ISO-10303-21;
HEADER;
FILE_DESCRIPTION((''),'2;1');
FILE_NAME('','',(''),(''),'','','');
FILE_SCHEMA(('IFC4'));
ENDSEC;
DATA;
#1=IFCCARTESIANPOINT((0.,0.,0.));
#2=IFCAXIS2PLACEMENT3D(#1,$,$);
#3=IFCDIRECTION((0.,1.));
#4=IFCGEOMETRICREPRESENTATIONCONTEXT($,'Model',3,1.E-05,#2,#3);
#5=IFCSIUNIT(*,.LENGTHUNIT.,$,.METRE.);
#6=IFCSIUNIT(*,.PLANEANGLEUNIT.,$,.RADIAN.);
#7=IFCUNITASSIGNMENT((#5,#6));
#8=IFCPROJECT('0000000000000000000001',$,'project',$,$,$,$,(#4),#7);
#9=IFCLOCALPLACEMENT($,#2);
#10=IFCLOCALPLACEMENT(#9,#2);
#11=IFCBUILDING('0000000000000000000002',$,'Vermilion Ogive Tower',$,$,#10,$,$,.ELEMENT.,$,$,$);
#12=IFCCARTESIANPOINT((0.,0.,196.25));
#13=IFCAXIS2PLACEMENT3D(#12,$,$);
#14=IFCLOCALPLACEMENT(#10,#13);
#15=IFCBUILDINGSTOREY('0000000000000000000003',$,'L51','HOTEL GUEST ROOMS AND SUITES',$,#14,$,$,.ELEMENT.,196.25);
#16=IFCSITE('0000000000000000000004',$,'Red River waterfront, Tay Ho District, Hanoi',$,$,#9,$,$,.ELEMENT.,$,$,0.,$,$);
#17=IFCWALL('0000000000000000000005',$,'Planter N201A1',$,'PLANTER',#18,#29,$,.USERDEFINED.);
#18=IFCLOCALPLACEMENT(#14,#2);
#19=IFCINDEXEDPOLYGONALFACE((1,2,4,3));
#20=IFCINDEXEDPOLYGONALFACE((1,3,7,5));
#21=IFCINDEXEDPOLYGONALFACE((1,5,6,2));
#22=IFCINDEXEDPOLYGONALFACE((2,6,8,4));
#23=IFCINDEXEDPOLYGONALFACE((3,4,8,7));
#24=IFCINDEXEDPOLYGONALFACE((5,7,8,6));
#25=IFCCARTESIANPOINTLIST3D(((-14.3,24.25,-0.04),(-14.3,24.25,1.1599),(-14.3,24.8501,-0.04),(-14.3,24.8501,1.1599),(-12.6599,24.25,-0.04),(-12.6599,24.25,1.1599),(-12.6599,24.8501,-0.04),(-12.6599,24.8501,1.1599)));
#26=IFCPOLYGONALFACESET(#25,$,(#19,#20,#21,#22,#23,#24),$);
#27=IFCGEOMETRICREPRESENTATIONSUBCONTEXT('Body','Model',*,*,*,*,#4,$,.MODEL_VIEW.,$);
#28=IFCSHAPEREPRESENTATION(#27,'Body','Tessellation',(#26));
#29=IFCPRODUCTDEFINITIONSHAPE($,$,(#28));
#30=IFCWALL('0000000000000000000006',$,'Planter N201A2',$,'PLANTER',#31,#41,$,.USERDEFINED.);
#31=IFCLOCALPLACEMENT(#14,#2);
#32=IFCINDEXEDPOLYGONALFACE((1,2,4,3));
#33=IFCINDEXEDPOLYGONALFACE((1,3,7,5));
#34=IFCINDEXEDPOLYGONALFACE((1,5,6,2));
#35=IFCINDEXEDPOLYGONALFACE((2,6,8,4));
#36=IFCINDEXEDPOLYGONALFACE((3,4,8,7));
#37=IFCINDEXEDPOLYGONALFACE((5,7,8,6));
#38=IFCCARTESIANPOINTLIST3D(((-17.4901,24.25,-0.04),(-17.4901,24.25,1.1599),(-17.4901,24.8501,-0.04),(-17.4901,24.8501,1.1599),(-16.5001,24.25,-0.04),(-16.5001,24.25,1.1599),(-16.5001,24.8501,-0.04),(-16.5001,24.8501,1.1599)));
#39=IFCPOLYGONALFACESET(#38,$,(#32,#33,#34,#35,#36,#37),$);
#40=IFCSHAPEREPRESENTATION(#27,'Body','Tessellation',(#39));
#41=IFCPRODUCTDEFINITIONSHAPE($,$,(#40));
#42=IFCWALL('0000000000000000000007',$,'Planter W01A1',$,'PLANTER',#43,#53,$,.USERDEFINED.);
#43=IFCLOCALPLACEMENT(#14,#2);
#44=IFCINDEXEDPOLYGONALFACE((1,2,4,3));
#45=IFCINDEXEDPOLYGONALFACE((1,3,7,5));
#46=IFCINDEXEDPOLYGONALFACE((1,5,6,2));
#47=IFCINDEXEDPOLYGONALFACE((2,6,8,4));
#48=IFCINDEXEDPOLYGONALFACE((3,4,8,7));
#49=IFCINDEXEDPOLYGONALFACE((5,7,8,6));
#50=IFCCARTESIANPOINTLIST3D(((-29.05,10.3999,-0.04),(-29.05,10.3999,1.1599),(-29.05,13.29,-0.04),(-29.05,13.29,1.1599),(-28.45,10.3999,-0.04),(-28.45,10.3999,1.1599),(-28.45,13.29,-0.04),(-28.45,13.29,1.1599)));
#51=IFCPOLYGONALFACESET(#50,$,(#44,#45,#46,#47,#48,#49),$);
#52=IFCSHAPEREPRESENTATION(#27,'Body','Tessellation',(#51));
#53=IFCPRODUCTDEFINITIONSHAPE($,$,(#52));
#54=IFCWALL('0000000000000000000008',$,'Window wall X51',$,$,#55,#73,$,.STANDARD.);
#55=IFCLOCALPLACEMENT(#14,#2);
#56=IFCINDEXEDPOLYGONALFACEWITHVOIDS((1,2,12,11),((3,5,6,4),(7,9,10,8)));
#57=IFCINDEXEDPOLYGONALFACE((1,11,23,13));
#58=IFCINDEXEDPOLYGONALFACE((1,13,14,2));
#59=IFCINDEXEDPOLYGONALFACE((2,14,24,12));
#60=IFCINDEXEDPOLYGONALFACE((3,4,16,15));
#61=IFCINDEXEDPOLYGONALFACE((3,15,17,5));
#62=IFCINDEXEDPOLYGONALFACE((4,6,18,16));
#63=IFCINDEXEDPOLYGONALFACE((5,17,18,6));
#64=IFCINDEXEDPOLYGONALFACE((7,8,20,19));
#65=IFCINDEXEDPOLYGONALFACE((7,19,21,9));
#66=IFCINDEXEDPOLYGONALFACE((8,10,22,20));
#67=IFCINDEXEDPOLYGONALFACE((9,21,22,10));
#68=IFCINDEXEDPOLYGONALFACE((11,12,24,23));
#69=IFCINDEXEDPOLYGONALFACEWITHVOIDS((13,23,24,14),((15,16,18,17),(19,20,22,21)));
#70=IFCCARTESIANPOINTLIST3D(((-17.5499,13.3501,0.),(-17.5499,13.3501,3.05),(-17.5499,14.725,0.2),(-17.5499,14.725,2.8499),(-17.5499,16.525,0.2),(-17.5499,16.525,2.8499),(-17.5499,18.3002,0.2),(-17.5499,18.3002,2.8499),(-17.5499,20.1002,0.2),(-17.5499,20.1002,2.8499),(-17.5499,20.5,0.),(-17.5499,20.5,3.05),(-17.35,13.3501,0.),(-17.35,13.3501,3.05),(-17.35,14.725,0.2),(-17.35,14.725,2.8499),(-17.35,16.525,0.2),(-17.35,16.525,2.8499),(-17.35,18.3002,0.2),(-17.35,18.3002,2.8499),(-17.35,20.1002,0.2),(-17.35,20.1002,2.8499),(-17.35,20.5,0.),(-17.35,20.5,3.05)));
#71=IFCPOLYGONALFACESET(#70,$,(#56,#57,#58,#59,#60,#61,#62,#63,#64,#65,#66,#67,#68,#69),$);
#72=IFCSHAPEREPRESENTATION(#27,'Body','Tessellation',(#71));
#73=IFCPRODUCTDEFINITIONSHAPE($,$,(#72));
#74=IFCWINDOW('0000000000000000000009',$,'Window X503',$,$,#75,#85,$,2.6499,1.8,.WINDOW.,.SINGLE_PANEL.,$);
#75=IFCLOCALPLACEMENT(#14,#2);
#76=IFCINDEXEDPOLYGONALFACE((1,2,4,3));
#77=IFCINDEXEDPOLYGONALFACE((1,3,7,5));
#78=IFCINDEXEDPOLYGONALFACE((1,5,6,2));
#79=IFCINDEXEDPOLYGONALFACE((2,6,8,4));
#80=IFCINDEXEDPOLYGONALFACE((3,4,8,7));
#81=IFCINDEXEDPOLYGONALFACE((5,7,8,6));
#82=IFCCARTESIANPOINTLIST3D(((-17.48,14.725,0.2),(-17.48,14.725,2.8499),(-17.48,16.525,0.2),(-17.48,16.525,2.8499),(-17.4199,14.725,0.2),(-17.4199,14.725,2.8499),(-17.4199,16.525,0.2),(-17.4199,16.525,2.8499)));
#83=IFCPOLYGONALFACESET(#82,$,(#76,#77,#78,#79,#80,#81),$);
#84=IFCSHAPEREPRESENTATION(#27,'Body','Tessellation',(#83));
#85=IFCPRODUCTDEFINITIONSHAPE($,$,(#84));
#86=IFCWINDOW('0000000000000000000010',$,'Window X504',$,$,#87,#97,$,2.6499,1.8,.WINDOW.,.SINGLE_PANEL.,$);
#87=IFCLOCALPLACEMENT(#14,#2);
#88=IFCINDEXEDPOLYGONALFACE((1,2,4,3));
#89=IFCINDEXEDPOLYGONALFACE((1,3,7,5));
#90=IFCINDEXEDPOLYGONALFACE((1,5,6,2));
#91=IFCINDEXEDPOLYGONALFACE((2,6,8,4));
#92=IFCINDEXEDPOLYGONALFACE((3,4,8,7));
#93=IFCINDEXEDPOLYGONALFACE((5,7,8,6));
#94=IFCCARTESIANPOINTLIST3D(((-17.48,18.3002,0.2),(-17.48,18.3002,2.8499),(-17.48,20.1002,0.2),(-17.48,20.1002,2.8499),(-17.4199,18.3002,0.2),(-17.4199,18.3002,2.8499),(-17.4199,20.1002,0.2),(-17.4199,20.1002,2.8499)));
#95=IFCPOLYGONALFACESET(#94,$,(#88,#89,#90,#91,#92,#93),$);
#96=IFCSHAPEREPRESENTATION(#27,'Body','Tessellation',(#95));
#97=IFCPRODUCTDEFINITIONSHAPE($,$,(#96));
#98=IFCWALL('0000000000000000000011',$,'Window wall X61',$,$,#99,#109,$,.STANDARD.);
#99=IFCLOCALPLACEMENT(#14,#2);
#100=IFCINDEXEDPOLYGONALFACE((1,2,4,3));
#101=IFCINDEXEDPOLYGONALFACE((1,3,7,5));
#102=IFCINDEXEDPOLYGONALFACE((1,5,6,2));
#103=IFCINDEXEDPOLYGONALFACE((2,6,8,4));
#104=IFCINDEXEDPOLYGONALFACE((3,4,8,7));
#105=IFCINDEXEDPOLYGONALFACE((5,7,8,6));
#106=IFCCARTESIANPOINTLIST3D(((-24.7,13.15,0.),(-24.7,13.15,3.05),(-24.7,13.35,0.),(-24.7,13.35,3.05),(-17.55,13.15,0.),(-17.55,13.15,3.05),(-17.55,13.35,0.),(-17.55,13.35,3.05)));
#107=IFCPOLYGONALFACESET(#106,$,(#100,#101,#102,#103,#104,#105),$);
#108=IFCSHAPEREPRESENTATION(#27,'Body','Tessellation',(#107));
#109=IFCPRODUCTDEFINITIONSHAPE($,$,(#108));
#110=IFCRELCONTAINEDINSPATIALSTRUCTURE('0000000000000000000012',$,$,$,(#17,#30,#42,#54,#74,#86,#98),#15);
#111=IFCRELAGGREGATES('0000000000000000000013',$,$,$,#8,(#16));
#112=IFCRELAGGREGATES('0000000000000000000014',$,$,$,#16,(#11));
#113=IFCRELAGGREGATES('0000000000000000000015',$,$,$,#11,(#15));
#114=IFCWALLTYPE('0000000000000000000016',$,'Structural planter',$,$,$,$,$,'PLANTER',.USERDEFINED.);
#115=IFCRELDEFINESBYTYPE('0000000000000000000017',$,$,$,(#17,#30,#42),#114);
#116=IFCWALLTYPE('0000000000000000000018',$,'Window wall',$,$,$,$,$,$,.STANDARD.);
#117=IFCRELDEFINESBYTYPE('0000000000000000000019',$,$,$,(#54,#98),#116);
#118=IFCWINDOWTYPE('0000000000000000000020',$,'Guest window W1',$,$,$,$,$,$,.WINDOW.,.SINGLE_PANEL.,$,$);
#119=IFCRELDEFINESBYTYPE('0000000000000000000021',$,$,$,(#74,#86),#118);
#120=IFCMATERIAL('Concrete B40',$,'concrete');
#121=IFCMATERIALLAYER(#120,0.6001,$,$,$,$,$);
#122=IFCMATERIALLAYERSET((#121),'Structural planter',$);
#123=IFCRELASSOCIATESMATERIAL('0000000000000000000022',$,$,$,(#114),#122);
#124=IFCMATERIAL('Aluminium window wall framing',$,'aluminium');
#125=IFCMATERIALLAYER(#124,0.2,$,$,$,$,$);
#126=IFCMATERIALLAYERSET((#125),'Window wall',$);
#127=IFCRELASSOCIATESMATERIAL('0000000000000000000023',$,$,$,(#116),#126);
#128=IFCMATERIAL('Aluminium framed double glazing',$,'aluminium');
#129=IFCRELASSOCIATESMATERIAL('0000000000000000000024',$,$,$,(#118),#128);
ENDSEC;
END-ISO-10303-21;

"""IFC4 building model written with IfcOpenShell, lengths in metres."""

from ifc_helpers import new_model, si_unit, direction, frame, frame_2d, origin, place, context, subcontext, project, spatial, rectangle, extrude, material, layer, layer_set, type_object, element, fill, save


model = new_model("IFC4")

# Units and contexts
model_context = context("Model", 3, precision=1e-05, world=origin(), true_north=direction((0.0, 1.0)))
body_context = subcontext(model_context, "Body", "Model", "MODEL_VIEW")
ifc_project = project(units=[si_unit("LENGTHUNIT", "METRE"), si_unit("PLANEANGLEUNIT", "RADIAN")], contexts=[model_context])

# Site, building, storey
site_placement = place(None, origin())
site = spatial("IfcSite", under=ifc_project, at=site_placement, Name="Red River waterfront, Tay Ho District, Hanoi", CompositionType="ELEMENT", RefElevation=0.0)
building_placement = place(site_placement, origin())
building = spatial("IfcBuilding", under=site, at=building_placement, Name="Vermilion Ogive Tower", CompositionType="ELEMENT")
storey_placement = place(building_placement, frame((0.0, 0.0, 196.25)))
storey = spatial("IfcBuildingStorey", under=building, at=storey_placement, Name="L51", Description="HOTEL GUEST ROOMS AND SUITES", CompositionType="ELEMENT", Elevation=196.25)

# Walls
ifc_material_1 = material(Name="Concrete B40", Category="concrete")
ifc_layer_1 = layer(ifc_material_1, 0.6001)
ifc_layer_set_1 = layer_set([ifc_layer_1], Name="Structural planter")
wall_type_1 = type_object("IfcWallType", Name="Structural planter", ElementType="PLANTER", PredefinedType="USERDEFINED", material=ifc_layer_set_1)
wall_1_placement = place(storey_placement, frame((-12.6599, 24.55, -0.04), z_axis=(0.0, 0.0, 1.0), x_axis=(-1.0, 0.0, 0.0)))
element("IfcWall", 1, at=wall_1_placement, inside=storey, type_object=wall_type_1, Name="Planter N201A1", ObjectType="PLANTER", PredefinedType="USERDEFINED", context=body_context, shape_type="SweptSolid", body=[
    extrude(rectangle(XDim=1.6401, YDim=0.6001, at=frame_2d((0.8201, 0.0))), origin(), (0.0, 0.0, 1.0), 1.2),
])
wall_2_placement = place(storey_placement, frame((-16.5, 24.55, -0.04), z_axis=(0.0, 0.0, 1.0), x_axis=(-1.0, 0.0, 0.0)))
element("IfcWall", 2, at=wall_2_placement, inside=storey, type_object=wall_type_1, Name="Planter N201A2", ObjectType="PLANTER", PredefinedType="USERDEFINED", context=body_context, shape_type="SweptSolid", body=[
    extrude(rectangle(XDim=0.99, YDim=0.6001, at=frame_2d((0.4951, 0.0))), origin(), (0.0, 0.0, 1.0), 1.2),
])
wall_3_placement = place(storey_placement, frame((-28.75, 13.29, -0.04), z_axis=(0.0, 0.0, 1.0), x_axis=(0.0, -1.0, 0.0)))
element("IfcWall", 3, at=wall_3_placement, inside=storey, type_object=wall_type_1, Name="Planter W01A1", ObjectType="PLANTER", PredefinedType="USERDEFINED", context=body_context, shape_type="SweptSolid", body=[
    extrude(rectangle(XDim=2.8901, YDim=0.6001, at=frame_2d((1.4451, 0.0))), origin(), (0.0, 0.0, 1.0), 1.2),
])

# Shared definitions
ifc_material_2 = material(Name="Aluminium window wall framing", Category="aluminium")
ifc_layer_2 = layer(ifc_material_2, 0.2)
ifc_layer_set_2 = layer_set([ifc_layer_2], Name="Window wall")
wall_type_2 = type_object("IfcWallType", Name="Window wall", PredefinedType="STANDARD", material=ifc_layer_set_2)
ifc_material_3 = material(Name="Aluminium framed double glazing", Category="aluminium")
window_type = type_object("IfcWindowType", Name="Guest window W1", PartitioningType="SINGLE_PANEL", PredefinedType="WINDOW", material=ifc_material_3)

# Wall, openings, windows
wall_4_placement = place(storey_placement, frame((-17.45, 20.5, 0.0), z_axis=(0.0, 0.0, 1.0), x_axis=(0.0, -1.0, 0.0)))
wall_4 = element("IfcWall", 4, at=wall_4_placement, inside=storey, type_object=wall_type_2, Name="Window wall X51", PredefinedType="STANDARD", context=body_context, shape_type="SweptSolid", body=[
    extrude(rectangle(XDim=7.1499, YDim=0.2, at=frame_2d((3.575, 0.0))), origin(), (0.0, 0.0, 1.0), 3.05),
])
opening_1_placement = place(wall_4_placement, frame((3.9751, 0.0, 0.2)))
opening_1 = element("IfcOpeningElement", 5, at=opening_1_placement, cuts=wall_4, PredefinedType="OPENING", context=body_context, shape_type="SweptSolid", body=[
    extrude(rectangle(XDim=1.8, YDim=2.6499, at=frame_2d((0.8999, 1.325))), frame((0.0, 0.1099, 0.0), z_axis=(0.0, -1.0, 0.0), x_axis=(1.0, 0.0, 0.0)), (0.0, 0.0, 1.0), 0.22),
])
opening_2_placement = place(wall_4_placement, frame((0.3999, 0.0, 0.2)))
opening_2 = element("IfcOpeningElement", 6, at=opening_2_placement, cuts=wall_4, PredefinedType="OPENING", context=body_context, shape_type="SweptSolid", body=[
    extrude(rectangle(XDim=1.8, YDim=2.6499, at=frame_2d((0.8999, 1.325))), frame((0.0, 0.1099, 0.0), z_axis=(0.0, -1.0, 0.0), x_axis=(1.0, 0.0, 0.0)), (0.0, 0.0, 1.0), 0.22),
])
window_1_placement = place(opening_1_placement, origin())
window_1 = element("IfcWindow", 7, at=window_1_placement, inside=storey, type_object=window_type, Name="Window X503", OverallHeight=2.6499, OverallWidth=1.8, PartitioningType="SINGLE_PANEL", PredefinedType="WINDOW", context=body_context, shape_type="SweptSolid", body=[
    extrude(rectangle(XDim=1.8, YDim=2.6499, at=frame_2d((0.8999, 1.325))), frame((0.0, 0.03, 0.0), z_axis=(0.0, -1.0, 0.0), x_axis=(1.0, 0.0, 0.0)), (0.0, 0.0, 1.0), 0.0601),
])
fill(opening_1, window_1)
window_2_placement = place(opening_2_placement, origin())
window_2 = element("IfcWindow", 8, at=window_2_placement, inside=storey, type_object=window_type, Name="Window X504", OverallHeight=2.6499, OverallWidth=1.8, PartitioningType="SINGLE_PANEL", PredefinedType="WINDOW", context=body_context, shape_type="SweptSolid", body=[
    extrude(rectangle(XDim=1.8, YDim=2.6499, at=frame_2d((0.8999, 1.325))), frame((0.0, 0.03, 0.0), z_axis=(0.0, -1.0, 0.0), x_axis=(1.0, 0.0, 0.0)), (0.0, 0.0, 1.0), 0.0601),
])
fill(opening_2, window_2)

# Wall
wall_5_placement = place(storey_placement, frame((-17.55, 13.25, 0.0), z_axis=(0.0, 0.0, 1.0), x_axis=(-1.0, 0.0, 0.0)))
element("IfcWall", 9, at=wall_5_placement, inside=storey, type_object=wall_type_2, Name="Window wall X61", PredefinedType="STANDARD", context=body_context, shape_type="SweptSolid", body=[
    extrude(rectangle(XDim=7.1499, YDim=0.2, at=frame_2d((3.575, 0.0))), origin(), (0.0, 0.0, 1.0), 3.05),
])

save(model, "model.ifc")
